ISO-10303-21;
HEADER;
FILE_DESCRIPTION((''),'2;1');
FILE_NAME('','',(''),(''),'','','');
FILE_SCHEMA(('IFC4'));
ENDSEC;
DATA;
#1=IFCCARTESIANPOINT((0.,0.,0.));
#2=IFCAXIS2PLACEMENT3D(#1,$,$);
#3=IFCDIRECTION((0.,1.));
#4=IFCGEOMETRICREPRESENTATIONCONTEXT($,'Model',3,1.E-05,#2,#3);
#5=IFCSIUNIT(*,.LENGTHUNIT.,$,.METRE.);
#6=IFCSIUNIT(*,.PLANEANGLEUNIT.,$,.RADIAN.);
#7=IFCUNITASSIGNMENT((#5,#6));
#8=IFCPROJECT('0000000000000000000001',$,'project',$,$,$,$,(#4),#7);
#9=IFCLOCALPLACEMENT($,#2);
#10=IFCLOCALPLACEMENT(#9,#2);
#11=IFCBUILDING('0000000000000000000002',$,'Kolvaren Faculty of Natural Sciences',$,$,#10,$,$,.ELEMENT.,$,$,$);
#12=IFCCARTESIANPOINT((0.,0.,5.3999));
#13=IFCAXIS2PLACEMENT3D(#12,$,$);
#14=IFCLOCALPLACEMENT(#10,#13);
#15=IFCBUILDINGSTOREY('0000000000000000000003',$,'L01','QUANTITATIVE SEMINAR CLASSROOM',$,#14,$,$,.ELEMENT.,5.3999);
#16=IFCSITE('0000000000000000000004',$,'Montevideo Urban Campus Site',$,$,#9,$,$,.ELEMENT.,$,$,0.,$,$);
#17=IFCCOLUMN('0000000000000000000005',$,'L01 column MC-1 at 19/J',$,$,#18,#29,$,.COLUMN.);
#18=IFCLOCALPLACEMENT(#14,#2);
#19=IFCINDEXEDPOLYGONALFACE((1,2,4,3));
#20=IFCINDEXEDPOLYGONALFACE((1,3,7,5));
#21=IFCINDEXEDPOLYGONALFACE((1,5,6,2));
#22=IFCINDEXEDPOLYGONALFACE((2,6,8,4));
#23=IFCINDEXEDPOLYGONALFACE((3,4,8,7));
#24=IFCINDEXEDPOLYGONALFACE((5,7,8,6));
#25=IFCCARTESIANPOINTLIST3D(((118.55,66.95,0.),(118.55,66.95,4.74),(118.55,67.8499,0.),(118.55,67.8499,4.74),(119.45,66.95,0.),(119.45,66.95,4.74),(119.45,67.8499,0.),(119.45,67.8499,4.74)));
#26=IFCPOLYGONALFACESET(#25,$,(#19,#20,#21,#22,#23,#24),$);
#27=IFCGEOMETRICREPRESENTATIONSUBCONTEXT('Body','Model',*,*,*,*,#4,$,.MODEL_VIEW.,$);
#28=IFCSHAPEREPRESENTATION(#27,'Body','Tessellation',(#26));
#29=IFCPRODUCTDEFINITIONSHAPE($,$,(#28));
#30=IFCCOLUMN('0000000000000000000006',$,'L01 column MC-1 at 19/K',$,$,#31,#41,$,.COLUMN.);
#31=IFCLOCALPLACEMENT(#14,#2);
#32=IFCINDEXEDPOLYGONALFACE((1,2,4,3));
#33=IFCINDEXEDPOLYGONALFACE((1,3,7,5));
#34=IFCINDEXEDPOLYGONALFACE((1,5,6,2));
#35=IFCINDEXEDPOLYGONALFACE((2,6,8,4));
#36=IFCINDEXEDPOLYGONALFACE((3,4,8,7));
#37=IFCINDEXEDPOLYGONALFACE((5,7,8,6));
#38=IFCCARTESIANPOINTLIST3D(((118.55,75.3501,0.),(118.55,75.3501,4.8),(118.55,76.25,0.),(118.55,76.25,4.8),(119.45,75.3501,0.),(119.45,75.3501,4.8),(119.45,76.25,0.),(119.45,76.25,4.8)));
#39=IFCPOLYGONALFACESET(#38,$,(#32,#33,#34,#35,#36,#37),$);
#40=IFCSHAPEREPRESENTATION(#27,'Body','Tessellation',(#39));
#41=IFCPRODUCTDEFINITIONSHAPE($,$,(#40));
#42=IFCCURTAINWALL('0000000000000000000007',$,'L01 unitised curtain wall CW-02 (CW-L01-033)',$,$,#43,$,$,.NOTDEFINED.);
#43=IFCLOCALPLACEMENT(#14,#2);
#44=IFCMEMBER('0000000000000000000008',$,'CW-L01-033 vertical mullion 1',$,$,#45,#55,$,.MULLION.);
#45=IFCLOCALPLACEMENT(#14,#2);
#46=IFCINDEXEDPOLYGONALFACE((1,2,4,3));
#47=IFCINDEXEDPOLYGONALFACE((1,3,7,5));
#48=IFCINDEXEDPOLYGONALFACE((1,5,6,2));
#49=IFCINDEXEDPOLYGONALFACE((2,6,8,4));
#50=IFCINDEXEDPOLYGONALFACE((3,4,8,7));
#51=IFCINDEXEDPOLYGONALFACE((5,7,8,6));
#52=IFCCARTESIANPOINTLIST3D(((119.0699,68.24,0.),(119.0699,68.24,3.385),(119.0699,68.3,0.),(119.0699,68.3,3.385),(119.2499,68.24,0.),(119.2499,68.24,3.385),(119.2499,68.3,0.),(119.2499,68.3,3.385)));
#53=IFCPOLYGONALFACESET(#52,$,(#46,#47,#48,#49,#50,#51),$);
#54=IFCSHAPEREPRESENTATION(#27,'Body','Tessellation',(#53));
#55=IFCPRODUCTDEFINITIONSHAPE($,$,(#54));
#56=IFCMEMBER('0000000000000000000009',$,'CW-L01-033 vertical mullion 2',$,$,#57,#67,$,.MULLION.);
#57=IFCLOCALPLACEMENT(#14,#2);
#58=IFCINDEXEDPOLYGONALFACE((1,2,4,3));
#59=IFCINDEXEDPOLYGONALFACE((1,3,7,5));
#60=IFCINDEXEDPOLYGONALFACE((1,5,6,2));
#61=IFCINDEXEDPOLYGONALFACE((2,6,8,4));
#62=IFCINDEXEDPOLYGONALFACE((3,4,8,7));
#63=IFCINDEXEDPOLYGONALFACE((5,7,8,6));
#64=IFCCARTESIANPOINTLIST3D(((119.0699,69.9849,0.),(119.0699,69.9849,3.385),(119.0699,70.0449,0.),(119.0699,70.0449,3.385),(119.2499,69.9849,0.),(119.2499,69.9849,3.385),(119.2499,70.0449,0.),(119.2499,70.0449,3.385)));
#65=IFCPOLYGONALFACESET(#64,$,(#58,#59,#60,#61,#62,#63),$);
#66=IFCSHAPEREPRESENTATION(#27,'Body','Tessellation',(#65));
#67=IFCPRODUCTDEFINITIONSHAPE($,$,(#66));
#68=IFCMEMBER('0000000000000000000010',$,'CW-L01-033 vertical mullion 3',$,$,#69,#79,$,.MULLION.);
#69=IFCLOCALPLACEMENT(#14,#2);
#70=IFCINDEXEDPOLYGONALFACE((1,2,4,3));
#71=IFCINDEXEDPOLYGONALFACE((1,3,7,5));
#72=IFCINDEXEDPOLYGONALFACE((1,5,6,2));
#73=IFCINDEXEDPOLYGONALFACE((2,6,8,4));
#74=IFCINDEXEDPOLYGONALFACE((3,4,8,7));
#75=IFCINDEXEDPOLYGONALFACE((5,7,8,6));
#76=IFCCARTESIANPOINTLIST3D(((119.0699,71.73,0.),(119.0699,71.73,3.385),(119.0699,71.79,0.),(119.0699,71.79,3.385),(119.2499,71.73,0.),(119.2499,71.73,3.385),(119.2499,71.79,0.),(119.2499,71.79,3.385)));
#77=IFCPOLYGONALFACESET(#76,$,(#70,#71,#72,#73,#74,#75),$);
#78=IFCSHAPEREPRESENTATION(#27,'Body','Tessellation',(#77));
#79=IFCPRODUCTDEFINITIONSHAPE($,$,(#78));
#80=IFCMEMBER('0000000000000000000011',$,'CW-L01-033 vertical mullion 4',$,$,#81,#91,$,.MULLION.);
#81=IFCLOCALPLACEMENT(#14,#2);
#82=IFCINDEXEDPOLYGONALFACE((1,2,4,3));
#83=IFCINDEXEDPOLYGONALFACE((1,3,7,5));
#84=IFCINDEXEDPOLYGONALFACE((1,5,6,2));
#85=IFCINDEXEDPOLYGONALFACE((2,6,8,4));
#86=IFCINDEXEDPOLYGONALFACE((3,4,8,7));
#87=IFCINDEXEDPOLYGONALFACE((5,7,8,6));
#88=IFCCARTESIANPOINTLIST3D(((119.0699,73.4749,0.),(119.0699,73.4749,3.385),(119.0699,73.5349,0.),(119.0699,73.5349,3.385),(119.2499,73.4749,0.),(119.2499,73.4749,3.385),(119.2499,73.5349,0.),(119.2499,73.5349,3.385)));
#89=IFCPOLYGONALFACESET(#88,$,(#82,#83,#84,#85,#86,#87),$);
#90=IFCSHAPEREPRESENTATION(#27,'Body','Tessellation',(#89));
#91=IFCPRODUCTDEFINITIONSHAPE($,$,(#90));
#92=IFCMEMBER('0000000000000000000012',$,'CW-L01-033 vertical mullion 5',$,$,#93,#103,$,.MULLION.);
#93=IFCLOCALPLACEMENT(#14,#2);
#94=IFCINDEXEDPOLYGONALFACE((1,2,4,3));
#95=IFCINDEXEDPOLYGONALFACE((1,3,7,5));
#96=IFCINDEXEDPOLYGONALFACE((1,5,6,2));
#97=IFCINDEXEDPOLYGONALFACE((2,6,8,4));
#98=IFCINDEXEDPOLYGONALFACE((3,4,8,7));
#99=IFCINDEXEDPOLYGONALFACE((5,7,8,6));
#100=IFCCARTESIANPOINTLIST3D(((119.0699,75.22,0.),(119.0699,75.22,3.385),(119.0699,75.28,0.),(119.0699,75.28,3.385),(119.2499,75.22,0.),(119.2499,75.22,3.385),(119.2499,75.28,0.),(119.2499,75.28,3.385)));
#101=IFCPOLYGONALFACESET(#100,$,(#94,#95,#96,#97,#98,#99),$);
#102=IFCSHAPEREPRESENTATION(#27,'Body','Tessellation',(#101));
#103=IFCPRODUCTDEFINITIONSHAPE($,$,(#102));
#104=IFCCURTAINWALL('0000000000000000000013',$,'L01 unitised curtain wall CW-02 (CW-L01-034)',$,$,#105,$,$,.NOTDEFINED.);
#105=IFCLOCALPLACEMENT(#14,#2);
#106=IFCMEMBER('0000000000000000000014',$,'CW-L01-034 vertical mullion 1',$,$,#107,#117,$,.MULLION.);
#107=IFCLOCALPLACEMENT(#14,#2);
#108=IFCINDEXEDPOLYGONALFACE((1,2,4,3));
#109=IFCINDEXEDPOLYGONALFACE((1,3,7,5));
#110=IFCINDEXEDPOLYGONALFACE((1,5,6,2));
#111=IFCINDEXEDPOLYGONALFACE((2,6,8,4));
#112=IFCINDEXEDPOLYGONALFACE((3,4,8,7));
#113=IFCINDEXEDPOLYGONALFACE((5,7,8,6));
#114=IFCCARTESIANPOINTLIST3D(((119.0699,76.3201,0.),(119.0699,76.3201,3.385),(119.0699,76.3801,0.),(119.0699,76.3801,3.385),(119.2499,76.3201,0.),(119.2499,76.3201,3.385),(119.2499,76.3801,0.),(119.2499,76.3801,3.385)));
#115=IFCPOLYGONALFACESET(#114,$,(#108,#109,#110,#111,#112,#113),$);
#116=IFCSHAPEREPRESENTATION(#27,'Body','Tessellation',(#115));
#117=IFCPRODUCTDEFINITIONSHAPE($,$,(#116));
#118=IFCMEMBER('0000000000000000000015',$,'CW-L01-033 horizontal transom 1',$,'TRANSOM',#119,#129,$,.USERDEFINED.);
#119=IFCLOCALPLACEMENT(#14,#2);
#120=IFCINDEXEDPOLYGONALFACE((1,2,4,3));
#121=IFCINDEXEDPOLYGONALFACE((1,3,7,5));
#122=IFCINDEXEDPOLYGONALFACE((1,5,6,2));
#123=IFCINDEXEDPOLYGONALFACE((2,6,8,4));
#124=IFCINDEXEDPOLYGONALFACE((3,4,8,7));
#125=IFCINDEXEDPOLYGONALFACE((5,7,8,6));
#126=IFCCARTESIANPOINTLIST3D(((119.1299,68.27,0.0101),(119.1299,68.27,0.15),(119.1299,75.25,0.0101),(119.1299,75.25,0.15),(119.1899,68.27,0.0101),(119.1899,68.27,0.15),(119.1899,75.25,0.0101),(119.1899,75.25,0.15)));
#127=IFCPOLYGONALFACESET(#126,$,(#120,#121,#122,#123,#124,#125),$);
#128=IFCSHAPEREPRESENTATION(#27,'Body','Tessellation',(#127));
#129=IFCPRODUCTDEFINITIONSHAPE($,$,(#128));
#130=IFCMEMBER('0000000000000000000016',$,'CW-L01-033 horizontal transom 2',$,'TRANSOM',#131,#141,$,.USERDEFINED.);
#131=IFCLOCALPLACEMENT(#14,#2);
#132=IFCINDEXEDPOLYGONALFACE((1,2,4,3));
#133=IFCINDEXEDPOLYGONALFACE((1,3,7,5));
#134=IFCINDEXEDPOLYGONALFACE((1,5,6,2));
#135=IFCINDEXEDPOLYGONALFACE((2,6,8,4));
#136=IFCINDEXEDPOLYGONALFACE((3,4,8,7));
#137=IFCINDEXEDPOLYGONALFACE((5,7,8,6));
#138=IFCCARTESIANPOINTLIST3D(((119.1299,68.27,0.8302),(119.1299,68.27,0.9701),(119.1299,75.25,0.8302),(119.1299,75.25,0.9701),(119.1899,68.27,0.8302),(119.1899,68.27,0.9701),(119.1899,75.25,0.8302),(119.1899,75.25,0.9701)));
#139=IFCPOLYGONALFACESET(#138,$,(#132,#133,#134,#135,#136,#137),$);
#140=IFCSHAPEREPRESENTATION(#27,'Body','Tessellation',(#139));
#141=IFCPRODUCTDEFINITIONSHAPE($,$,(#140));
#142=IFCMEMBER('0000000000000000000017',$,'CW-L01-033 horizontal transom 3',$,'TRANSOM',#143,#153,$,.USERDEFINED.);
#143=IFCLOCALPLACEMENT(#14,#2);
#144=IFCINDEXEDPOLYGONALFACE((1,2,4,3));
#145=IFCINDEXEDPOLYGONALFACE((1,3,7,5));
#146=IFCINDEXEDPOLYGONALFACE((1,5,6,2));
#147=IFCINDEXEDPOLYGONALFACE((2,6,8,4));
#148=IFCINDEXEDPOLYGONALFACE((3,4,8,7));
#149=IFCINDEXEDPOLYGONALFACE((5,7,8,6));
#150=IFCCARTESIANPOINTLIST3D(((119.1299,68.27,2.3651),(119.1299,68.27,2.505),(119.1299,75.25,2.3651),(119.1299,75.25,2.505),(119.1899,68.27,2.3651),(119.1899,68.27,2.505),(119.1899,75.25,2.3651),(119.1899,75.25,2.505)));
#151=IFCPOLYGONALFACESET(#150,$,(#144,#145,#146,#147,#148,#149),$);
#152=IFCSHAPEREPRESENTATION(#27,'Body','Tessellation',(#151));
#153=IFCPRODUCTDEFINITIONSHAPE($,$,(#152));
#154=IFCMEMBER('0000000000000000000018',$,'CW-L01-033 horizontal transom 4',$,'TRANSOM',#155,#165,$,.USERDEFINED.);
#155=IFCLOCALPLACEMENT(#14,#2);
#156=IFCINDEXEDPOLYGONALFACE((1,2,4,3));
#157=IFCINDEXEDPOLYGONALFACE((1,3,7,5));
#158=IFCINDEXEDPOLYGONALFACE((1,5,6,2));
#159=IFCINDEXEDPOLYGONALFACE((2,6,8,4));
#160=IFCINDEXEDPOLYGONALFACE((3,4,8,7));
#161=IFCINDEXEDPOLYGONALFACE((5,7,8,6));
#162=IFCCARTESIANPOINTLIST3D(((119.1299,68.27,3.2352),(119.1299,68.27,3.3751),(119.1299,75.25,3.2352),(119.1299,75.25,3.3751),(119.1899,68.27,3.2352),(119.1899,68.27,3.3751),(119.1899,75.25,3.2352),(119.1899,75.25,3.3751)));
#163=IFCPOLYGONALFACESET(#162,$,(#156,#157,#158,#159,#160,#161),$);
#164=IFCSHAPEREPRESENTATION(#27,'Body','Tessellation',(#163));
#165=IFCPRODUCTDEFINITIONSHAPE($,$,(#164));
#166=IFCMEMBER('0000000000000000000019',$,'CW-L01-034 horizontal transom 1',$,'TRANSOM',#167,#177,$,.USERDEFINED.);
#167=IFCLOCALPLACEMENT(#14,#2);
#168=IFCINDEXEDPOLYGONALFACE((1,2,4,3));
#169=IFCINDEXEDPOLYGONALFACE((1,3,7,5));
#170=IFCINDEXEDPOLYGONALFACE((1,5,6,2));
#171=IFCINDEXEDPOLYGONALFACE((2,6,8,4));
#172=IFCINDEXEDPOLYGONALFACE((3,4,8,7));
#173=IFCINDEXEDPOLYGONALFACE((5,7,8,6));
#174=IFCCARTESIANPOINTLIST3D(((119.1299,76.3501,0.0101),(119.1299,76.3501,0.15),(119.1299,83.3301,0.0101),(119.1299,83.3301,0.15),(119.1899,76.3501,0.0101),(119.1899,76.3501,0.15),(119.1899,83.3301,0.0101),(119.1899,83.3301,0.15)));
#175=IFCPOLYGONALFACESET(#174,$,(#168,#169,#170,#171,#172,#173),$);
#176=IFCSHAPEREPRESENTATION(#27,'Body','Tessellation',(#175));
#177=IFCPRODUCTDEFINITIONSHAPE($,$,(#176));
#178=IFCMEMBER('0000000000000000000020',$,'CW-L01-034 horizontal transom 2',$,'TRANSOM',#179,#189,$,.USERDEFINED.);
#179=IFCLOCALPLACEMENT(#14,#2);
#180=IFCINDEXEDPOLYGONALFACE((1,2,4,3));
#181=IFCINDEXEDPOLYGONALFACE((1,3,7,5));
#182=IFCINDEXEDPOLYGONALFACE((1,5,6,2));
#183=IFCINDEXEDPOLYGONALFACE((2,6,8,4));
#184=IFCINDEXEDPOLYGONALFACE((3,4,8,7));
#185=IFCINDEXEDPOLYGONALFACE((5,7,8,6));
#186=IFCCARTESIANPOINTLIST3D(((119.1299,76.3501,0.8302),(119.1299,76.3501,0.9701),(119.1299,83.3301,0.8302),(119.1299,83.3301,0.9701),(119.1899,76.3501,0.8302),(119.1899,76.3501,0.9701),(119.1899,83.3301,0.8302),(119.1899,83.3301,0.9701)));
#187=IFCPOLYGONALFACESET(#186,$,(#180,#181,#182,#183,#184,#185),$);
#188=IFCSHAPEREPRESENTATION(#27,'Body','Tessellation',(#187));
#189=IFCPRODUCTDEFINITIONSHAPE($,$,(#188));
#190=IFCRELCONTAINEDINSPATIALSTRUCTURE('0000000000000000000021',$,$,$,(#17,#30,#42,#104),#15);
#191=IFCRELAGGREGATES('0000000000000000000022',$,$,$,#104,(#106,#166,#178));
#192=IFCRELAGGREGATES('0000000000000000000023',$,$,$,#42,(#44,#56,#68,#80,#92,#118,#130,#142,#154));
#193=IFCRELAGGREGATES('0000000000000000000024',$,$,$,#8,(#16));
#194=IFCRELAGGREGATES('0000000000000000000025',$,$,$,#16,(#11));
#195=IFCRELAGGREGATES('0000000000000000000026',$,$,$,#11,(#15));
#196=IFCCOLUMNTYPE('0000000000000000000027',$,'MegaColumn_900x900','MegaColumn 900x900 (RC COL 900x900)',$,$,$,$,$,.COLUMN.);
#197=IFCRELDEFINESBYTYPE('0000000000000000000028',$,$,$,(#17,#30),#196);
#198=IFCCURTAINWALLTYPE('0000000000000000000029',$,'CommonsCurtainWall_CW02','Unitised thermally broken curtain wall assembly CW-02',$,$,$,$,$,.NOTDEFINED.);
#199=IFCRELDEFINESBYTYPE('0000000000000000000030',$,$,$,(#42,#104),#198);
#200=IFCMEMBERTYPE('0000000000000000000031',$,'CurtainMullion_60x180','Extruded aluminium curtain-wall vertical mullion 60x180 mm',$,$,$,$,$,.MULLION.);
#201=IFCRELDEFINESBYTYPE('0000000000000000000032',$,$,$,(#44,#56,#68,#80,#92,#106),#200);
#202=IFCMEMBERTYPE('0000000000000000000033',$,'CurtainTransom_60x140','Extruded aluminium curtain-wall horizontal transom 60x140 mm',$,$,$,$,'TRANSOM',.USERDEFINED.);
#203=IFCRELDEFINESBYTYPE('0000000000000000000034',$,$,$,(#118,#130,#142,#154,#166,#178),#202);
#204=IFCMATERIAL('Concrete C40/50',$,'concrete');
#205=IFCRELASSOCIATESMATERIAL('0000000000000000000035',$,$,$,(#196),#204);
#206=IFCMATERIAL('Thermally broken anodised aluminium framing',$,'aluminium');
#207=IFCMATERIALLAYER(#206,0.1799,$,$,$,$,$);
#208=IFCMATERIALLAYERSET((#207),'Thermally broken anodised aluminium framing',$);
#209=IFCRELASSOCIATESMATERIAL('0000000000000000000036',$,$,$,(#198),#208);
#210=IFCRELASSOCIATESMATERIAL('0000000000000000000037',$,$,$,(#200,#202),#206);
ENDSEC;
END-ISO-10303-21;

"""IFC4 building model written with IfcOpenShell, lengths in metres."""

from ifc_helpers import new_model, si_unit, direction, frame, origin, origin_2d, place, context, subcontext, project, spatial, rectangle, extrude, material, layer, layer_set, material_profile, profile_set, type_object, element, aggregate, save


model = new_model("IFC4")

# Units and contexts
model_context = context("Model", 3, precision=1e-05, world=origin(), true_north=direction((0.0, 1.0)))
body_context = subcontext(model_context, "Body", "Model", "MODEL_VIEW")
ifc_project = project(units=[si_unit("LENGTHUNIT", "METRE"), si_unit("PLANEANGLEUNIT", "RADIAN")], contexts=[model_context])

# Site, building, storey
site_placement = place(None, origin())
site = spatial("IfcSite", under=ifc_project, at=site_placement, Name="Montevideo Urban Campus Site", CompositionType="ELEMENT", RefElevation=0.0)
building_placement = place(site_placement, origin())
building = spatial("IfcBuilding", under=site, at=building_placement, Name="Kolvaren Faculty of Natural Sciences", CompositionType="ELEMENT")
storey_placement = place(building_placement, frame((0.0, 0.0, 5.3999)))
storey = spatial("IfcBuildingStorey", under=building, at=storey_placement, Name="L01", Description="QUANTITATIVE SEMINAR CLASSROOM", CompositionType="ELEMENT", Elevation=5.3999)

# Columns
ifc_material_1 = material(Name="Concrete C40/50", Category="concrete")
ifc_material_profile_1 = material_profile(ifc_material_1, rectangle(XDim=0.8999, YDim=0.8999, at=origin_2d()), Name="RC COL 900x900")
ifc_profile_set_1 = profile_set([ifc_material_profile_1], Name="Concrete C40/50")
column_type = type_object("IfcColumnType", Name="MegaColumn_900x900", Description="MegaColumn 900x900 (RC COL 900x900)", PredefinedType="COLUMN", material=ifc_profile_set_1)
column_1_placement = place(storey_placement, frame((119.0, 67.3999, 0.0), z_axis=(0.0, 0.0, 1.0), x_axis=(1.0, 0.0, 0.0)))
element("IfcColumn", 1, at=column_1_placement, inside=storey, type_object=column_type, Name="L01 column MC-1 at 19/J", PredefinedType="COLUMN", context=body_context, shape_type="SweptSolid", body=[
    extrude(rectangle(XDim=0.8999, YDim=0.8999, at=origin_2d()), origin(), (0.0, 0.0, 1.0), 4.74),
])
column_2_placement = place(storey_placement, frame((119.0, 75.8, 0.0), z_axis=(0.0, 0.0, 1.0), x_axis=(1.0, 0.0, 0.0)))
element("IfcColumn", 2, at=column_2_placement, inside=storey, type_object=column_type, Name="L01 column MC-1 at 19/K", PredefinedType="COLUMN", context=body_context, shape_type="SweptSolid", body=[
    extrude(rectangle(XDim=0.8999, YDim=0.8999, at=origin_2d()), origin(), (0.0, 0.0, 1.0), 4.8),
])

# Curtain wall, members
ifc_material_2 = material(Name="Thermally broken anodised aluminium framing", Category="aluminium")
ifc_layer_1 = layer(ifc_material_2, 0.1799)
ifc_layer_set_1 = layer_set([ifc_layer_1], Name="Thermally broken anodised aluminium framing")
curtain_wall_type = type_object("IfcCurtainWallType", Name="CommonsCurtainWall_CW02", Description="Unitised thermally broken curtain wall assembly CW-02", PredefinedType="NOTDEFINED", material=ifc_layer_set_1)
curtain_wall_1_placement = place(storey_placement, origin())
curtain_wall_1 = element("IfcCurtainWall", 3, at=curtain_wall_1_placement, inside=storey, type_object=curtain_wall_type, Name="L01 unitised curtain wall CW-02 (CW-L01-033)", PredefinedType="NOTDEFINED")
ifc_material_profile_2 = material_profile(ifc_material_2, rectangle(XDim=0.0601, YDim=0.1799, at=origin_2d()), Name="ALU MUL 60x180")
ifc_profile_set_2 = profile_set([ifc_material_profile_2], Name="Thermally broken anodised aluminium framing")
member_type_1 = type_object("IfcMemberType", Name="CurtainMullion_60x180", Description="Extruded aluminium curtain-wall vertical mullion 60x180 mm", PredefinedType="MULLION", material=ifc_profile_set_2)
member_1_placement = place(storey_placement, frame((119.1599, 68.27, 0.0), z_axis=(0.0, 0.0, 1.0), x_axis=(0.0, 1.0, 0.0)))
member_1 = element("IfcMember", 4, at=member_1_placement, type_object=member_type_1, Name="CW-L01-033 vertical mullion 1", PredefinedType="MULLION", context=body_context, shape_type="SweptSolid", body=[
    extrude(rectangle(XDim=0.0601, YDim=0.1799, at=origin_2d()), origin(), (0.0, 0.0, 1.0), 3.385),
])
member_2_placement = place(storey_placement, frame((119.1599, 70.0149, 0.0), z_axis=(0.0, 0.0, 1.0), x_axis=(0.0, 1.0, 0.0)))
member_2 = element("IfcMember", 5, at=member_2_placement, type_object=member_type_1, Name="CW-L01-033 vertical mullion 2", PredefinedType="MULLION", context=body_context, shape_type="SweptSolid", body=[
    extrude(rectangle(XDim=0.0601, YDim=0.1799, at=origin_2d()), origin(), (0.0, 0.0, 1.0), 3.385),
])
member_3_placement = place(storey_placement, frame((119.1599, 71.76, 0.0), z_axis=(0.0, 0.0, 1.0), x_axis=(0.0, 1.0, 0.0)))
member_3 = element("IfcMember", 6, at=member_3_placement, type_object=member_type_1, Name="CW-L01-033 vertical mullion 3", PredefinedType="MULLION", context=body_context, shape_type="SweptSolid", body=[
    extrude(rectangle(XDim=0.0601, YDim=0.1799, at=origin_2d()), origin(), (0.0, 0.0, 1.0), 3.385),
])
member_4_placement = place(storey_placement, frame((119.1599, 73.5049, 0.0), z_axis=(0.0, 0.0, 1.0), x_axis=(0.0, 1.0, 0.0)))
member_4 = element("IfcMember", 7, at=member_4_placement, type_object=member_type_1, Name="CW-L01-033 vertical mullion 4", PredefinedType="MULLION", context=body_context, shape_type="SweptSolid", body=[
    extrude(rectangle(XDim=0.0601, YDim=0.1799, at=origin_2d()), origin(), (0.0, 0.0, 1.0), 3.385),
])
member_5_placement = place(storey_placement, frame((119.1599, 75.25, 0.0), z_axis=(0.0, 0.0, 1.0), x_axis=(0.0, 1.0, 0.0)))
member_5 = element("IfcMember", 8, at=member_5_placement, type_object=member_type_1, Name="CW-L01-033 vertical mullion 5", PredefinedType="MULLION", context=body_context, shape_type="SweptSolid", body=[
    extrude(rectangle(XDim=0.0601, YDim=0.1799, at=origin_2d()), origin(), (0.0, 0.0, 1.0), 3.385),
])

# Curtain wall, member
curtain_wall_2_placement = place(storey_placement, origin())
curtain_wall_2 = element("IfcCurtainWall", 9, at=curtain_wall_2_placement, inside=storey, type_object=curtain_wall_type, Name="L01 unitised curtain wall CW-02 (CW-L01-034)", PredefinedType="NOTDEFINED")
member_6_placement = place(storey_placement, frame((119.1599, 76.3501, 0.0), z_axis=(0.0, 0.0, 1.0), x_axis=(0.0, 1.0, 0.0)))
member_6 = element("IfcMember", 10, at=member_6_placement, type_object=member_type_1, Name="CW-L01-034 vertical mullion 1", PredefinedType="MULLION", context=body_context, shape_type="SweptSolid", body=[
    extrude(rectangle(XDim=0.0601, YDim=0.1799, at=origin_2d()), origin(), (0.0, 0.0, 1.0), 3.385),
])

# Members
ifc_material_profile_3 = material_profile(ifc_material_2, rectangle(XDim=0.0601, YDim=0.1399, at=origin_2d()), Name="ALU TRN 60x140")
ifc_profile_set_3 = profile_set([ifc_material_profile_3], Name="Thermally broken anodised aluminium framing")
member_type_2 = type_object("IfcMemberType", Name="CurtainTransom_60x140", Description="Extruded aluminium curtain-wall horizontal transom 60x140 mm", ElementType="TRANSOM", PredefinedType="USERDEFINED", material=ifc_profile_set_3)
member_7_placement = place(storey_placement, frame((119.1599, 68.27, 0.0801), z_axis=(0.0, 1.0, 0.0), x_axis=(-1.0, 0.0, 0.0)))
member_7 = element("IfcMember", 11, at=member_7_placement, type_object=member_type_2, Name="CW-L01-033 horizontal transom 1", ObjectType="TRANSOM", PredefinedType="USERDEFINED", context=body_context, shape_type="SweptSolid", body=[
    extrude(rectangle(XDim=0.0601, YDim=0.1399, at=origin_2d()), origin(), (0.0, 0.0, 1.0), 6.98),
])
member_8_placement = place(storey_placement, frame((119.1599, 68.27, 0.9001), z_axis=(0.0, 1.0, 0.0), x_axis=(-1.0, 0.0, 0.0)))
member_8 = element("IfcMember", 12, at=member_8_placement, type_object=member_type_2, Name="CW-L01-033 horizontal transom 2", ObjectType="TRANSOM", PredefinedType="USERDEFINED", context=body_context, shape_type="SweptSolid", body=[
    extrude(rectangle(XDim=0.0601, YDim=0.1399, at=origin_2d()), origin(), (0.0, 0.0, 1.0), 6.98),
])
member_9_placement = place(storey_placement, frame((119.1599, 68.27, 2.4351), z_axis=(0.0, 1.0, 0.0), x_axis=(-1.0, 0.0, 0.0)))
member_9 = element("IfcMember", 13, at=member_9_placement, type_object=member_type_2, Name="CW-L01-033 horizontal transom 3", ObjectType="TRANSOM", PredefinedType="USERDEFINED", context=body_context, shape_type="SweptSolid", body=[
    extrude(rectangle(XDim=0.0601, YDim=0.1399, at=origin_2d()), origin(), (0.0, 0.0, 1.0), 6.98),
])
member_10_placement = place(storey_placement, frame((119.1599, 68.27, 3.3052), z_axis=(0.0, 1.0, 0.0), x_axis=(-1.0, 0.0, 0.0)))
member_10 = element("IfcMember", 14, at=member_10_placement, type_object=member_type_2, Name="CW-L01-033 horizontal transom 4", ObjectType="TRANSOM", PredefinedType="USERDEFINED", context=body_context, shape_type="SweptSolid", body=[
    extrude(rectangle(XDim=0.0601, YDim=0.1399, at=origin_2d()), origin(), (0.0, 0.0, 1.0), 6.98),
])
member_11_placement = place(storey_placement, frame((119.1599, 76.3501, 0.0801), z_axis=(0.0, 1.0, 0.0), x_axis=(-1.0, 0.0, 0.0)))
member_11 = element("IfcMember", 15, at=member_11_placement, type_object=member_type_2, Name="CW-L01-034 horizontal transom 1", ObjectType="TRANSOM", PredefinedType="USERDEFINED", context=body_context, shape_type="SweptSolid", body=[
    extrude(rectangle(XDim=0.0601, YDim=0.1399, at=origin_2d()), origin(), (0.0, 0.0, 1.0), 6.98),
])
member_12_placement = place(storey_placement, frame((119.1599, 76.3501, 0.9001), z_axis=(0.0, 1.0, 0.0), x_axis=(-1.0, 0.0, 0.0)))
member_12 = element("IfcMember", 16, at=member_12_placement, type_object=member_type_2, Name="CW-L01-034 horizontal transom 2", ObjectType="TRANSOM", PredefinedType="USERDEFINED", context=body_context, shape_type="SweptSolid", body=[
    extrude(rectangle(XDim=0.0601, YDim=0.1399, at=origin_2d()), origin(), (0.0, 0.0, 1.0), 6.98),
])
aggregate(curtain_wall_2, [member_6, member_11, member_12])

aggregate(curtain_wall_1, [member_1, member_2, member_3, member_4, member_5, member_7, member_8, member_9, member_10])

save(model, "model.ifc")
